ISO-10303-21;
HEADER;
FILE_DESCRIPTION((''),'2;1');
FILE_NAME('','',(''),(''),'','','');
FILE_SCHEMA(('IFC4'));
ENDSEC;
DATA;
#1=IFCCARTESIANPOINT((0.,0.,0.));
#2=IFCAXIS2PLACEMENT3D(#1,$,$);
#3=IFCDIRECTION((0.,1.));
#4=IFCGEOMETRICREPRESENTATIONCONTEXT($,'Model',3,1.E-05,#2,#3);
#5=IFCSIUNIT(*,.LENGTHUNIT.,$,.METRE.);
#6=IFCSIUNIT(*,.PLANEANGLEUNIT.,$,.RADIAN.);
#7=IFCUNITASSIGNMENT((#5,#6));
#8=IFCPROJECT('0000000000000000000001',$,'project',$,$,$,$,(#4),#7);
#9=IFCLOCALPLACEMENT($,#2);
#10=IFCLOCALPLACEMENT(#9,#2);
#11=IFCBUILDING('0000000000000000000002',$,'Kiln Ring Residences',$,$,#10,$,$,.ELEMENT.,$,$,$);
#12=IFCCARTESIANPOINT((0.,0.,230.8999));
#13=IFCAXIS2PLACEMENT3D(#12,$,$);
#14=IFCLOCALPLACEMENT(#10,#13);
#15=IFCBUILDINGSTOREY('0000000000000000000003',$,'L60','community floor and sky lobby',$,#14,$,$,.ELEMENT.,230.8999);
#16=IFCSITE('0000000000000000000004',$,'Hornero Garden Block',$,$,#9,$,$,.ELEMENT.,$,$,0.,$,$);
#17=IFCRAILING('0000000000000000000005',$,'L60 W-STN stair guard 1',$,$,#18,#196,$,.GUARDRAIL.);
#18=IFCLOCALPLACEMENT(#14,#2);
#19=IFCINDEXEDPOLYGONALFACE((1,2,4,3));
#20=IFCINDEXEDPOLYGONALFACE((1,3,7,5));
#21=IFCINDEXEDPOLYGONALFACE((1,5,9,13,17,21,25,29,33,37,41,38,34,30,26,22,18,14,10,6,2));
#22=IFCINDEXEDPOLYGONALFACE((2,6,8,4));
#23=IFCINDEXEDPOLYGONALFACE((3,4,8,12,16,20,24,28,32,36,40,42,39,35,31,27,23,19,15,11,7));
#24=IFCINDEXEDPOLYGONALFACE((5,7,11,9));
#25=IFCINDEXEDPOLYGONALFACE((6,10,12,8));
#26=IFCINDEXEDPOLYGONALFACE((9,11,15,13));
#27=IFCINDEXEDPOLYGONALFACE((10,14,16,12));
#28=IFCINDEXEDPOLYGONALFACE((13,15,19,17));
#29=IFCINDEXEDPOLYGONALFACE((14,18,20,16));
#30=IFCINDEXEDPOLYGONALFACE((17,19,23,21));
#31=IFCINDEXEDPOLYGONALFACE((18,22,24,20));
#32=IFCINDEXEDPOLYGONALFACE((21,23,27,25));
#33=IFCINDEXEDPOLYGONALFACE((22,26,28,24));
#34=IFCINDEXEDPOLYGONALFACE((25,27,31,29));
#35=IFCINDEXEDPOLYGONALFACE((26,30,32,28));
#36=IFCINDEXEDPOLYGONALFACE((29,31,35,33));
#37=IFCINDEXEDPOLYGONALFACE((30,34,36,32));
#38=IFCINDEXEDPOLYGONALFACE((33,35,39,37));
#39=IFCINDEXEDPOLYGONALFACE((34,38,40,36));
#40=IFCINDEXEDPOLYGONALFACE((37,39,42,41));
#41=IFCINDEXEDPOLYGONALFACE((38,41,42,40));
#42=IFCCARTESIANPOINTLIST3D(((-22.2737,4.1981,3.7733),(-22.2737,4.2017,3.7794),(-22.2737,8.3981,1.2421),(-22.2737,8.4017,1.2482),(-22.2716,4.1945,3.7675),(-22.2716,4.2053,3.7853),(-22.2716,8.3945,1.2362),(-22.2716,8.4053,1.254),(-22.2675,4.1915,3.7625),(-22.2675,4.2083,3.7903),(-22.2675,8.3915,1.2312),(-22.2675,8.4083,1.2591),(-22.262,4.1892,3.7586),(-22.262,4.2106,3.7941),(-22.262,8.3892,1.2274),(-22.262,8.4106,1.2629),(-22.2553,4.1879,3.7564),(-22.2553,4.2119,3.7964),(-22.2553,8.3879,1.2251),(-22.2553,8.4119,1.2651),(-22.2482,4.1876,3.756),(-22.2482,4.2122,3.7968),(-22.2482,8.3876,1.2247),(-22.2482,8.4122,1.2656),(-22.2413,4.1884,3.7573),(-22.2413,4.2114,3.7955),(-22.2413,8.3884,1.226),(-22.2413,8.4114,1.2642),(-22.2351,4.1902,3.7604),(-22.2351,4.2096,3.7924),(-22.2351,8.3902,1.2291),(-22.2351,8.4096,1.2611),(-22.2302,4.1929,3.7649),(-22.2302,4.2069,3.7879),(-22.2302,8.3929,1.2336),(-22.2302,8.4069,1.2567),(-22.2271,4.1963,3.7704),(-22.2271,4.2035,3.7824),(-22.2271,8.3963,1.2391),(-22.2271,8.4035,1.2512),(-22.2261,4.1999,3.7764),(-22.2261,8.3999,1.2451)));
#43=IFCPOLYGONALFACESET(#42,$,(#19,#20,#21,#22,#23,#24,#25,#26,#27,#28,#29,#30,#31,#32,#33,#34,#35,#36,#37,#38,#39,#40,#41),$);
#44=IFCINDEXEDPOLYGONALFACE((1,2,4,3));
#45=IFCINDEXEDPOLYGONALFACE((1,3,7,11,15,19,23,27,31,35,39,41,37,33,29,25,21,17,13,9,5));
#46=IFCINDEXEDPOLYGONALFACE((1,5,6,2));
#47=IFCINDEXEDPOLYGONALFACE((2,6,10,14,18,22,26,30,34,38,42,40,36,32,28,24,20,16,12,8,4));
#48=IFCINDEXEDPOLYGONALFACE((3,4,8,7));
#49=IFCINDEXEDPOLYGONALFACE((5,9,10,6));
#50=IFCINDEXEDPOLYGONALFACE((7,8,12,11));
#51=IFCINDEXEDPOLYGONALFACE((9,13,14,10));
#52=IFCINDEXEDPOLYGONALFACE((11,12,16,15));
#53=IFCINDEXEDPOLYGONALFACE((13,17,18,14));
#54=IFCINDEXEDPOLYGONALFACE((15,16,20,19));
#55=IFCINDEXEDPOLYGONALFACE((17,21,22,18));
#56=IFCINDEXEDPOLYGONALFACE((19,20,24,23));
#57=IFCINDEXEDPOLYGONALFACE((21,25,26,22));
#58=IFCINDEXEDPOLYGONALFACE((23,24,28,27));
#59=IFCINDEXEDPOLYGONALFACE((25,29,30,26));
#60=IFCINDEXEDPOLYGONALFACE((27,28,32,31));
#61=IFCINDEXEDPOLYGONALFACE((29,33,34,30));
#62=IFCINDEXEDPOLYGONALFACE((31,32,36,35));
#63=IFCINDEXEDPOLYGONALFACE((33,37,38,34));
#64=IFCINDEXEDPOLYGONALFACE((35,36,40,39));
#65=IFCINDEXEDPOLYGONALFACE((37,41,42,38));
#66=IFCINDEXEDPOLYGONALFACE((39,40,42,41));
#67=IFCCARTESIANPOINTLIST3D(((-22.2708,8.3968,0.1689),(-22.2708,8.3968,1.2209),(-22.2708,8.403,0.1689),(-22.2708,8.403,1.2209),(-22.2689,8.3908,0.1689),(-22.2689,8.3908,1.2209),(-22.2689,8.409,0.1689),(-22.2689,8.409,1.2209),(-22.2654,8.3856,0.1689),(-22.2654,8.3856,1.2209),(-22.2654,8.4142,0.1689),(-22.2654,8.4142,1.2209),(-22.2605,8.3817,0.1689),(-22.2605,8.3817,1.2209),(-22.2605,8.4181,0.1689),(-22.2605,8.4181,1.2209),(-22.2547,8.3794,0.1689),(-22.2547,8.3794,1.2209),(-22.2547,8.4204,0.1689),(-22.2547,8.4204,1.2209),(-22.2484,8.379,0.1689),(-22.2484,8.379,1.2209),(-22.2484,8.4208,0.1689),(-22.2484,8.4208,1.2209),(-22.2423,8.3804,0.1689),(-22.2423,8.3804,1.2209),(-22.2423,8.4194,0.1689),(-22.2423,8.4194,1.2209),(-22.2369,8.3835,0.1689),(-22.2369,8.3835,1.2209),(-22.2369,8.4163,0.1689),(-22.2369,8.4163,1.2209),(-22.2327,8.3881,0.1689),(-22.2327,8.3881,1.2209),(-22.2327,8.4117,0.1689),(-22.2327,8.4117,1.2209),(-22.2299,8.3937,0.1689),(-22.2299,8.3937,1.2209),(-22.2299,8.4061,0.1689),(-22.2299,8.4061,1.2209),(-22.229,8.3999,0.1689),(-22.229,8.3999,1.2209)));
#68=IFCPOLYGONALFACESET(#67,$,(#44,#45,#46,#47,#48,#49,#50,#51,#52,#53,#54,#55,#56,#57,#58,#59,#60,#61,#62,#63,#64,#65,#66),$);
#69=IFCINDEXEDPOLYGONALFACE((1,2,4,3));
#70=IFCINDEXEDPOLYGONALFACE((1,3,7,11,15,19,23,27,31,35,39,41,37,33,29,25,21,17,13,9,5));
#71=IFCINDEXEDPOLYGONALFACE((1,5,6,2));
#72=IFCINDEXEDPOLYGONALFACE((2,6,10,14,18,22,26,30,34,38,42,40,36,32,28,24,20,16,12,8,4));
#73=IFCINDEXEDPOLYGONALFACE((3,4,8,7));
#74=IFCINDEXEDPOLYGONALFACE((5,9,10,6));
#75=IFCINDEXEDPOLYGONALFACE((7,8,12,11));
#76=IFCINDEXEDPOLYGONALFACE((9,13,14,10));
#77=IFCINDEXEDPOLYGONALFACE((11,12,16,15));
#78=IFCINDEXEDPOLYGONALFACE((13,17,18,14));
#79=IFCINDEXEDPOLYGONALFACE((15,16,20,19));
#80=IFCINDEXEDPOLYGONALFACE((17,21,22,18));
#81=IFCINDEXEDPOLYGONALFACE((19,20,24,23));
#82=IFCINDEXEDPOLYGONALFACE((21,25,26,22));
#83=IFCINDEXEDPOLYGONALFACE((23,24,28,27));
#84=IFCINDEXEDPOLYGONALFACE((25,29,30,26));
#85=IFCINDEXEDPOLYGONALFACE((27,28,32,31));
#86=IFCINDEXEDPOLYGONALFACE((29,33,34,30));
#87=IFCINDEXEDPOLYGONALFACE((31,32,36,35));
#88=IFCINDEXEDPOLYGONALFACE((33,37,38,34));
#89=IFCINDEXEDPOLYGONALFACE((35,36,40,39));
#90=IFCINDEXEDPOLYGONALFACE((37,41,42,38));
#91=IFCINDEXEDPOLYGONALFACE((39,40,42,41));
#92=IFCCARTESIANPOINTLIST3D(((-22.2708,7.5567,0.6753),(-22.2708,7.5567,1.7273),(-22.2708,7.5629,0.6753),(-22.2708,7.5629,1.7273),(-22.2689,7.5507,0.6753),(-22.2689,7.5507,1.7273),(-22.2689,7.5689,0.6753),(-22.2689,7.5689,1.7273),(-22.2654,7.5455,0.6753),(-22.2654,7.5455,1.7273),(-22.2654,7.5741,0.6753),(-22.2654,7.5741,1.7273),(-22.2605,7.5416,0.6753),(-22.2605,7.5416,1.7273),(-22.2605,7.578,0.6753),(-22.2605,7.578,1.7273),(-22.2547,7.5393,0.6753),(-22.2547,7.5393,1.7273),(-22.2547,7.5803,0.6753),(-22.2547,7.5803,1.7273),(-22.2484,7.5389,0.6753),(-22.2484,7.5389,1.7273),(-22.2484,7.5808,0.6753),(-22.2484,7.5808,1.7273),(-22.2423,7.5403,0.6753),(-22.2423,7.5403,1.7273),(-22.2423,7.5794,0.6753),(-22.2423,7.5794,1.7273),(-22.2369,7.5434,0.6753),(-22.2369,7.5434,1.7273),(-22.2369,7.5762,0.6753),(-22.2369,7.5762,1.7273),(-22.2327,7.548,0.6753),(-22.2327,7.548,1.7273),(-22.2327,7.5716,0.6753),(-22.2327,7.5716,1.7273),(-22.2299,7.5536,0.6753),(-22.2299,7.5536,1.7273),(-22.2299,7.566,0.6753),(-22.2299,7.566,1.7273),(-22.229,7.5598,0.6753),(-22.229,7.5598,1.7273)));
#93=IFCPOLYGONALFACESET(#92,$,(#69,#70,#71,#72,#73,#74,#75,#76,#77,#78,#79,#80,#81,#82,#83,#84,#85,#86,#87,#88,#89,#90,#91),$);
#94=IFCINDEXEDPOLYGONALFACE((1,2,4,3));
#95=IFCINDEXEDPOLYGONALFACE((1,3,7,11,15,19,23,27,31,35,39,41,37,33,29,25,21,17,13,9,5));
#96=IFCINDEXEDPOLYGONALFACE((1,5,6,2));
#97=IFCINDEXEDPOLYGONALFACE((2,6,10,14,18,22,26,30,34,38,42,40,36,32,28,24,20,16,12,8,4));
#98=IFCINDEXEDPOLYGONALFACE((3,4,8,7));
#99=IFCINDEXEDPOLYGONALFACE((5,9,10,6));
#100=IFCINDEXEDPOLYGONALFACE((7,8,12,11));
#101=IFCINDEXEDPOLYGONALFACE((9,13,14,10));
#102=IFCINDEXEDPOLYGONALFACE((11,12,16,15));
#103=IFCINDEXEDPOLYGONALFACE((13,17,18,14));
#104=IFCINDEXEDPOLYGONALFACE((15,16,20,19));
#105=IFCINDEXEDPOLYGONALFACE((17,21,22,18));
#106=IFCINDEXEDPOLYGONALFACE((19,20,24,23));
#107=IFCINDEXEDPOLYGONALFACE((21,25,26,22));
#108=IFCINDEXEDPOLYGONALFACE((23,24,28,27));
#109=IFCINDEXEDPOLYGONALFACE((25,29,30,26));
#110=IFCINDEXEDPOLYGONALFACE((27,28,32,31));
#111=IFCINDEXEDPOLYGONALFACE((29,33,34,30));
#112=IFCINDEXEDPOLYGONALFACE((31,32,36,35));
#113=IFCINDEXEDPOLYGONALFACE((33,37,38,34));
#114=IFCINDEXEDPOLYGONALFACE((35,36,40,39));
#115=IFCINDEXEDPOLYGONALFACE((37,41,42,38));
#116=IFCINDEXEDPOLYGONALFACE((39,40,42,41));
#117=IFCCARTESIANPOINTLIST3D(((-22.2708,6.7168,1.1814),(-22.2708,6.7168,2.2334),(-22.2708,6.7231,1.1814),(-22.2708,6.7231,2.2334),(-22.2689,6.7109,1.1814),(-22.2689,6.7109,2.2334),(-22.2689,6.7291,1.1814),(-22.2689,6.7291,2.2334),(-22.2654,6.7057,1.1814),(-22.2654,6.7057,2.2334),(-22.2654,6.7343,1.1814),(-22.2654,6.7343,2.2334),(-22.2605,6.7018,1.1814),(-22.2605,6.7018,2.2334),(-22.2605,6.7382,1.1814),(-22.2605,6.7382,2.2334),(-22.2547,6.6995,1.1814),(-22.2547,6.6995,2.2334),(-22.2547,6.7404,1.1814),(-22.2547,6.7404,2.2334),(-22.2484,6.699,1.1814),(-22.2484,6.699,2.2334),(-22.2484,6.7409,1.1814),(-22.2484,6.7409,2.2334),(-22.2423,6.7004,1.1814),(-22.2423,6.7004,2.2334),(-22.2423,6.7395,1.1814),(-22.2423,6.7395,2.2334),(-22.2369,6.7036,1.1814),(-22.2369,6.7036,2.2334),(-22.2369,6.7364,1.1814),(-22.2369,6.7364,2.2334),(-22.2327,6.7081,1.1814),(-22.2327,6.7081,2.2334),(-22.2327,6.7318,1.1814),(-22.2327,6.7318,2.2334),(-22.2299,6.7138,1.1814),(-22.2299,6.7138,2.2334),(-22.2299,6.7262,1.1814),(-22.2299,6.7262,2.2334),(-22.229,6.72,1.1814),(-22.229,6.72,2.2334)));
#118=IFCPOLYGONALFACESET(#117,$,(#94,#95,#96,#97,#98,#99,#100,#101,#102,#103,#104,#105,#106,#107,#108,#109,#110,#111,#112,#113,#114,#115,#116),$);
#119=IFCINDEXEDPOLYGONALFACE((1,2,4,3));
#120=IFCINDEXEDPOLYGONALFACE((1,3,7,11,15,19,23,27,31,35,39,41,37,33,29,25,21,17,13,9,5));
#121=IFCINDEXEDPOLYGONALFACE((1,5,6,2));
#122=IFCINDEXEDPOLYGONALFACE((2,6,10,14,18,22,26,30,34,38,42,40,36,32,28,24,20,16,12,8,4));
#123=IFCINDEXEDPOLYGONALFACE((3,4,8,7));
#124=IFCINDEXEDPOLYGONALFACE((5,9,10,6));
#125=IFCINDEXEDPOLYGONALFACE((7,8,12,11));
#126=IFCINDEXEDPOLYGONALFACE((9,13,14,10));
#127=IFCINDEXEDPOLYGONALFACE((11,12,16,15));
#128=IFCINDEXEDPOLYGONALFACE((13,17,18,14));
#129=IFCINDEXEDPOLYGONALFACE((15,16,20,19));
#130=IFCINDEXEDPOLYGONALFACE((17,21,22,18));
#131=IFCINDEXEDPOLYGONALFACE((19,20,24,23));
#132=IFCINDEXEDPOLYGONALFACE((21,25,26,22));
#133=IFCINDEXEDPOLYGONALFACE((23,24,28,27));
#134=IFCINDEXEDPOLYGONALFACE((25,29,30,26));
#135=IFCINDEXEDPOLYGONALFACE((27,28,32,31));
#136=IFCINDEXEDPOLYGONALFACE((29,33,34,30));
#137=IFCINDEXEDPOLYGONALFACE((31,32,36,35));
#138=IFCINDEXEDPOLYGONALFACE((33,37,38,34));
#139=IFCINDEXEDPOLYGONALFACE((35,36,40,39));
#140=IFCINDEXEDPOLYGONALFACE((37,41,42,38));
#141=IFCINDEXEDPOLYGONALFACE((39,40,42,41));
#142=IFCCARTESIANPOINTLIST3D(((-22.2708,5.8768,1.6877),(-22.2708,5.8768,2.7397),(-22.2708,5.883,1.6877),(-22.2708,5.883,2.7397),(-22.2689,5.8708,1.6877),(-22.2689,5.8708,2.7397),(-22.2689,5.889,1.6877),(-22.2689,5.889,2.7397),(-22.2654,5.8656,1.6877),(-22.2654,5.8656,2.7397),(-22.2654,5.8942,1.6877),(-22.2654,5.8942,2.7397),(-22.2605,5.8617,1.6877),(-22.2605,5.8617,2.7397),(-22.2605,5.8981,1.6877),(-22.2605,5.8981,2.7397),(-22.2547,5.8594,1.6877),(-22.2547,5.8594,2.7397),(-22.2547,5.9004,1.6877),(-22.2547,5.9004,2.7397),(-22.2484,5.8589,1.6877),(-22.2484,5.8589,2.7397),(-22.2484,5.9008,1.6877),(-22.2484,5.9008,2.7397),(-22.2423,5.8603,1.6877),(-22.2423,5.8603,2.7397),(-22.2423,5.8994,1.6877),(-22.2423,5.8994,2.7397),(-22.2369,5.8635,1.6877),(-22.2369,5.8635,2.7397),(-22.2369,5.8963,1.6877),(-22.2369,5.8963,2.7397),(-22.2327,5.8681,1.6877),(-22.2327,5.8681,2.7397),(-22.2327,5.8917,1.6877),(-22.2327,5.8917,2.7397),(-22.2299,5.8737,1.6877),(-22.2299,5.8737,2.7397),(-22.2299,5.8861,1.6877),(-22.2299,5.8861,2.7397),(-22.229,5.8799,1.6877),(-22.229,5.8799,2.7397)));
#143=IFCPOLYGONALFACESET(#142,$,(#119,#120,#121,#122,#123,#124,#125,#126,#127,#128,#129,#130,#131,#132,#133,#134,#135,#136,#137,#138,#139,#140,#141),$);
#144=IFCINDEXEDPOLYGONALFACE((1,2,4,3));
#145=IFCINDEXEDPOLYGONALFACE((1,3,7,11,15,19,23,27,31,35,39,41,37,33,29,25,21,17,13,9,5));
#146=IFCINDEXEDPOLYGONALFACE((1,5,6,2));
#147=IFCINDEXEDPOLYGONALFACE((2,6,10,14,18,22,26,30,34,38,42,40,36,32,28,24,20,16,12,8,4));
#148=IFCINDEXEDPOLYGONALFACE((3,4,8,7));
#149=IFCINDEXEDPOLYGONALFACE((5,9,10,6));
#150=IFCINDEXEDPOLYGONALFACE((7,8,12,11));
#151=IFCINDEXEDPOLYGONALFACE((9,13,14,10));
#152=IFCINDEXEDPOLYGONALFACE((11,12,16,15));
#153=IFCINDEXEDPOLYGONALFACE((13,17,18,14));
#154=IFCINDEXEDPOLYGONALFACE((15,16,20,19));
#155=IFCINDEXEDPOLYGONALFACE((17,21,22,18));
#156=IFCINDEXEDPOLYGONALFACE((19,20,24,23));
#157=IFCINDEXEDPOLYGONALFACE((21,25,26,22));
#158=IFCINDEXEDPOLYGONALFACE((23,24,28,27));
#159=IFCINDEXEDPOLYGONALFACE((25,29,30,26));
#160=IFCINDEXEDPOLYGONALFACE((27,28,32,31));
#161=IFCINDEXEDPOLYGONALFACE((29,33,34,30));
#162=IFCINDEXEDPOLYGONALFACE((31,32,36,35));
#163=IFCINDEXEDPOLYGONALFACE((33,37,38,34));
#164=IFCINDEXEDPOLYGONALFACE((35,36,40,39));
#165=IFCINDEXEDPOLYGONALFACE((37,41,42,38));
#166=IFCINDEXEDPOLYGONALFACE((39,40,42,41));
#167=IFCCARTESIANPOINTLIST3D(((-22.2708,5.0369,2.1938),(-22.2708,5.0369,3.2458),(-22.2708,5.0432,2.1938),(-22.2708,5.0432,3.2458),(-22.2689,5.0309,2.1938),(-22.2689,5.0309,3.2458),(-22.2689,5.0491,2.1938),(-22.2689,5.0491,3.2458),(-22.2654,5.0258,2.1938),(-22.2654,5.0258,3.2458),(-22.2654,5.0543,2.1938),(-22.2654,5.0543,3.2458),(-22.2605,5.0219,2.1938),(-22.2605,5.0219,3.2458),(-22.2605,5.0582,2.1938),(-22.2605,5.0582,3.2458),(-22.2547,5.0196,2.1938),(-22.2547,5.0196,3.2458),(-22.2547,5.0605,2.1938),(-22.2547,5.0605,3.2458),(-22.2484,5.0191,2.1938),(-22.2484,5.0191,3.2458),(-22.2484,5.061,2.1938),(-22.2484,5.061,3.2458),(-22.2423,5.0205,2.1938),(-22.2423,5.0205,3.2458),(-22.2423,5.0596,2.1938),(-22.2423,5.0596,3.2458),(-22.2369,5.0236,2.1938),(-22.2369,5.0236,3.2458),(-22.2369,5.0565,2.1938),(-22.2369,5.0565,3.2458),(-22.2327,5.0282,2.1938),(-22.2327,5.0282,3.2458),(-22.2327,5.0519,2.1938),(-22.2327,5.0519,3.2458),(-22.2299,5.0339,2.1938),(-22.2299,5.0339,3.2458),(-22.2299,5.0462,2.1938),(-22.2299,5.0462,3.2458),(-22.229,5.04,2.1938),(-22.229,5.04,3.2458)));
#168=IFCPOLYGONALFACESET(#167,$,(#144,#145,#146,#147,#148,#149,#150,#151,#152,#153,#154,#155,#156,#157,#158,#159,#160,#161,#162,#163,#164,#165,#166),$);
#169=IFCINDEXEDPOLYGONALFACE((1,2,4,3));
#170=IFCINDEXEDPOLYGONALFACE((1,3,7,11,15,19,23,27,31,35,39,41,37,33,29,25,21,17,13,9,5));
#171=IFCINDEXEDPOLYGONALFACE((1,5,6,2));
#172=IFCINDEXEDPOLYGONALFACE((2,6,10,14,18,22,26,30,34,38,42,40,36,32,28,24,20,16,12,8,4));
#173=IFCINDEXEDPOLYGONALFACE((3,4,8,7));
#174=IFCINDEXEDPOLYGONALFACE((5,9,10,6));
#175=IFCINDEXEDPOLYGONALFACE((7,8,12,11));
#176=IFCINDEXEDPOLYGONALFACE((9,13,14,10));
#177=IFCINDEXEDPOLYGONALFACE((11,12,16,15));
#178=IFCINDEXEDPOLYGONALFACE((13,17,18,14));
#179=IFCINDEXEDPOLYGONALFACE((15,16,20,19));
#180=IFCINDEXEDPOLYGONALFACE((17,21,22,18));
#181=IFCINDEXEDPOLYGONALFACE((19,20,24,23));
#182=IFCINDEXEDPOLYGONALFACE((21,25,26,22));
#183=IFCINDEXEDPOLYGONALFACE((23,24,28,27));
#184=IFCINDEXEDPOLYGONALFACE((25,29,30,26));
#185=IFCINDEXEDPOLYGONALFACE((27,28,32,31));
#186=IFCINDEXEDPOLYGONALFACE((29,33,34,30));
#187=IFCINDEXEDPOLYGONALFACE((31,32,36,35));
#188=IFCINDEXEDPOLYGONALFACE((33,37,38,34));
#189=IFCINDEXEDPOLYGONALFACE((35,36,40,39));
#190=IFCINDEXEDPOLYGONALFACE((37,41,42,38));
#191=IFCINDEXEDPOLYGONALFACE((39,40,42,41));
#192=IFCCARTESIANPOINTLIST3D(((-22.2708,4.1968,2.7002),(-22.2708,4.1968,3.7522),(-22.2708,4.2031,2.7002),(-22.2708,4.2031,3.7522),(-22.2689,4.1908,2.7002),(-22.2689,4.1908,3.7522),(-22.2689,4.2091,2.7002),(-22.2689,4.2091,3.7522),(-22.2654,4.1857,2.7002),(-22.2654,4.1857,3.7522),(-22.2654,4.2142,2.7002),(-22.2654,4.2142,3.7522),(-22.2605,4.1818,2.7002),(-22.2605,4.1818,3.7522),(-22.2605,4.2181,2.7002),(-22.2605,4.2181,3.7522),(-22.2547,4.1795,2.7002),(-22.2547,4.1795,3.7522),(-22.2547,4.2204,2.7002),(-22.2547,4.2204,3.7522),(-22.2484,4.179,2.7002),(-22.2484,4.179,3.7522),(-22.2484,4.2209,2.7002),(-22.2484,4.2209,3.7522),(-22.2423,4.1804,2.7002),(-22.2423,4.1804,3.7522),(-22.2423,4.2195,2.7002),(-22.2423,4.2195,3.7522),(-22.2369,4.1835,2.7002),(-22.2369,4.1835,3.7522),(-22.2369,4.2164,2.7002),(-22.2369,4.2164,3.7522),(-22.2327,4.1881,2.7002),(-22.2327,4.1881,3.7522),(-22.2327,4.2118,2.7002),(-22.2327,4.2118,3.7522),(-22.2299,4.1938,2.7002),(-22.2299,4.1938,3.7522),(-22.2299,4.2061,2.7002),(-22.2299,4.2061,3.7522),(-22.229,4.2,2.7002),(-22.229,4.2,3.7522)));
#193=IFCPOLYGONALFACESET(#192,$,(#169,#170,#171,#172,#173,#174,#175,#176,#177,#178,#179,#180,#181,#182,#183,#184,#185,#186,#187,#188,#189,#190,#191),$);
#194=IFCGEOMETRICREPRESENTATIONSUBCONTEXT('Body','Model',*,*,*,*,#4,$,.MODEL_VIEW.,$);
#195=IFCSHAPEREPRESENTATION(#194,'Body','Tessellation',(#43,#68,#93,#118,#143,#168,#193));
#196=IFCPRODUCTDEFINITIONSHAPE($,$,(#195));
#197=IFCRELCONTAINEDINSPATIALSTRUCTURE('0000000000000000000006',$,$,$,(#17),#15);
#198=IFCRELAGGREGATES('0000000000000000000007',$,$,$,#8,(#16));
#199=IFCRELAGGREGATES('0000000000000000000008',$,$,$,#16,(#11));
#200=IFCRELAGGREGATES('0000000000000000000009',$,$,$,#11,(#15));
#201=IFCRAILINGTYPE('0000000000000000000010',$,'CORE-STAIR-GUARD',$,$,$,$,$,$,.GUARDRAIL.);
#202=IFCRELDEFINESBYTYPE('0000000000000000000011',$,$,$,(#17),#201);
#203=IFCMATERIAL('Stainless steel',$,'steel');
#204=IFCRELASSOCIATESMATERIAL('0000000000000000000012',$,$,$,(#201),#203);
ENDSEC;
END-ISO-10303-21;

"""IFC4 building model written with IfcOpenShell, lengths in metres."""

from ifc_helpers import new_model, si_unit, direction, frame, origin, origin_2d, place, context, subcontext, project, spatial, circle, extrude, material, type_object, element, save


model = new_model("IFC4")

# Units and contexts
model_context = context("Model", 3, precision=1e-05, world=origin(), true_north=direction((0.0, 1.0)))
body_context = subcontext(model_context, "Body", "Model", "MODEL_VIEW")
ifc_project = project(units=[si_unit("LENGTHUNIT", "METRE"), si_unit("PLANEANGLEUNIT", "RADIAN")], contexts=[model_context])

# Site, building, storey
site_placement = place(None, origin())
site = spatial("IfcSite", under=ifc_project, at=site_placement, Name="Hornero Garden Block", CompositionType="ELEMENT", RefElevation=0.0)
building_placement = place(site_placement, origin())
building = spatial("IfcBuilding", under=site, at=building_placement, Name="Kiln Ring Residences", CompositionType="ELEMENT")
storey_placement = place(building_placement, frame((0.0, 0.0, 230.8999)))
storey = spatial("IfcBuildingStorey", under=building, at=storey_placement, Name="L60", Description="community floor and sky lobby", CompositionType="ELEMENT", Elevation=230.8999)

# Railing
ifc_material_1 = material(Name="Stainless steel", Category="steel")
railing_type_1 = type_object("IfcRailingType", Name="CORE-STAIR-GUARD", PredefinedType="GUARDRAIL", material=ifc_material_1)
railing_1_placement = place(storey_placement, frame((-22.25, 8.3999, 0.1689)))
element("IfcRailing", 1, at=railing_1_placement, inside=storey, type_object=railing_type_1, Name="L60 W-STN stair guard 1", PredefinedType="GUARDRAIL", context=body_context, shape_type="SweptSolid", body=[
    extrude(circle(Radius=0.0239, at=origin_2d()), frame((0.0, 0.0, 1.0762), z_axis=(0.0, -0.856476, 0.516186), x_axis=(1.0, 0.0, 0.0)), (0.0, 0.0, 1.0), 4.9038),
    extrude(circle(Radius=0.021, at=origin_2d()), origin(), (0.0, 0.0, 1.0), 1.052),
    extrude(circle(Radius=0.021, at=origin_2d()), frame((0.0, -0.8401, 0.5063)), (0.0, 0.0, 1.0), 1.052),
    extrude(circle(Radius=0.021, at=origin_2d()), frame((0.0, -1.6799, 1.0125)), (0.0, 0.0, 1.0), 1.052),
    extrude(circle(Radius=0.021, at=origin_2d()), frame((0.0, -2.52, 1.5188)), (0.0, 0.0, 1.0), 1.052),
    extrude(circle(Radius=0.021, at=origin_2d()), frame((0.0, -3.3599, 2.0249)), (0.0, 0.0, 1.0), 1.052),
    extrude(circle(Radius=0.021, at=origin_2d()), frame((0.0, -4.2, 2.5312)), (0.0, 0.0, 1.0), 1.052),
])

save(model, "model.ifc")
